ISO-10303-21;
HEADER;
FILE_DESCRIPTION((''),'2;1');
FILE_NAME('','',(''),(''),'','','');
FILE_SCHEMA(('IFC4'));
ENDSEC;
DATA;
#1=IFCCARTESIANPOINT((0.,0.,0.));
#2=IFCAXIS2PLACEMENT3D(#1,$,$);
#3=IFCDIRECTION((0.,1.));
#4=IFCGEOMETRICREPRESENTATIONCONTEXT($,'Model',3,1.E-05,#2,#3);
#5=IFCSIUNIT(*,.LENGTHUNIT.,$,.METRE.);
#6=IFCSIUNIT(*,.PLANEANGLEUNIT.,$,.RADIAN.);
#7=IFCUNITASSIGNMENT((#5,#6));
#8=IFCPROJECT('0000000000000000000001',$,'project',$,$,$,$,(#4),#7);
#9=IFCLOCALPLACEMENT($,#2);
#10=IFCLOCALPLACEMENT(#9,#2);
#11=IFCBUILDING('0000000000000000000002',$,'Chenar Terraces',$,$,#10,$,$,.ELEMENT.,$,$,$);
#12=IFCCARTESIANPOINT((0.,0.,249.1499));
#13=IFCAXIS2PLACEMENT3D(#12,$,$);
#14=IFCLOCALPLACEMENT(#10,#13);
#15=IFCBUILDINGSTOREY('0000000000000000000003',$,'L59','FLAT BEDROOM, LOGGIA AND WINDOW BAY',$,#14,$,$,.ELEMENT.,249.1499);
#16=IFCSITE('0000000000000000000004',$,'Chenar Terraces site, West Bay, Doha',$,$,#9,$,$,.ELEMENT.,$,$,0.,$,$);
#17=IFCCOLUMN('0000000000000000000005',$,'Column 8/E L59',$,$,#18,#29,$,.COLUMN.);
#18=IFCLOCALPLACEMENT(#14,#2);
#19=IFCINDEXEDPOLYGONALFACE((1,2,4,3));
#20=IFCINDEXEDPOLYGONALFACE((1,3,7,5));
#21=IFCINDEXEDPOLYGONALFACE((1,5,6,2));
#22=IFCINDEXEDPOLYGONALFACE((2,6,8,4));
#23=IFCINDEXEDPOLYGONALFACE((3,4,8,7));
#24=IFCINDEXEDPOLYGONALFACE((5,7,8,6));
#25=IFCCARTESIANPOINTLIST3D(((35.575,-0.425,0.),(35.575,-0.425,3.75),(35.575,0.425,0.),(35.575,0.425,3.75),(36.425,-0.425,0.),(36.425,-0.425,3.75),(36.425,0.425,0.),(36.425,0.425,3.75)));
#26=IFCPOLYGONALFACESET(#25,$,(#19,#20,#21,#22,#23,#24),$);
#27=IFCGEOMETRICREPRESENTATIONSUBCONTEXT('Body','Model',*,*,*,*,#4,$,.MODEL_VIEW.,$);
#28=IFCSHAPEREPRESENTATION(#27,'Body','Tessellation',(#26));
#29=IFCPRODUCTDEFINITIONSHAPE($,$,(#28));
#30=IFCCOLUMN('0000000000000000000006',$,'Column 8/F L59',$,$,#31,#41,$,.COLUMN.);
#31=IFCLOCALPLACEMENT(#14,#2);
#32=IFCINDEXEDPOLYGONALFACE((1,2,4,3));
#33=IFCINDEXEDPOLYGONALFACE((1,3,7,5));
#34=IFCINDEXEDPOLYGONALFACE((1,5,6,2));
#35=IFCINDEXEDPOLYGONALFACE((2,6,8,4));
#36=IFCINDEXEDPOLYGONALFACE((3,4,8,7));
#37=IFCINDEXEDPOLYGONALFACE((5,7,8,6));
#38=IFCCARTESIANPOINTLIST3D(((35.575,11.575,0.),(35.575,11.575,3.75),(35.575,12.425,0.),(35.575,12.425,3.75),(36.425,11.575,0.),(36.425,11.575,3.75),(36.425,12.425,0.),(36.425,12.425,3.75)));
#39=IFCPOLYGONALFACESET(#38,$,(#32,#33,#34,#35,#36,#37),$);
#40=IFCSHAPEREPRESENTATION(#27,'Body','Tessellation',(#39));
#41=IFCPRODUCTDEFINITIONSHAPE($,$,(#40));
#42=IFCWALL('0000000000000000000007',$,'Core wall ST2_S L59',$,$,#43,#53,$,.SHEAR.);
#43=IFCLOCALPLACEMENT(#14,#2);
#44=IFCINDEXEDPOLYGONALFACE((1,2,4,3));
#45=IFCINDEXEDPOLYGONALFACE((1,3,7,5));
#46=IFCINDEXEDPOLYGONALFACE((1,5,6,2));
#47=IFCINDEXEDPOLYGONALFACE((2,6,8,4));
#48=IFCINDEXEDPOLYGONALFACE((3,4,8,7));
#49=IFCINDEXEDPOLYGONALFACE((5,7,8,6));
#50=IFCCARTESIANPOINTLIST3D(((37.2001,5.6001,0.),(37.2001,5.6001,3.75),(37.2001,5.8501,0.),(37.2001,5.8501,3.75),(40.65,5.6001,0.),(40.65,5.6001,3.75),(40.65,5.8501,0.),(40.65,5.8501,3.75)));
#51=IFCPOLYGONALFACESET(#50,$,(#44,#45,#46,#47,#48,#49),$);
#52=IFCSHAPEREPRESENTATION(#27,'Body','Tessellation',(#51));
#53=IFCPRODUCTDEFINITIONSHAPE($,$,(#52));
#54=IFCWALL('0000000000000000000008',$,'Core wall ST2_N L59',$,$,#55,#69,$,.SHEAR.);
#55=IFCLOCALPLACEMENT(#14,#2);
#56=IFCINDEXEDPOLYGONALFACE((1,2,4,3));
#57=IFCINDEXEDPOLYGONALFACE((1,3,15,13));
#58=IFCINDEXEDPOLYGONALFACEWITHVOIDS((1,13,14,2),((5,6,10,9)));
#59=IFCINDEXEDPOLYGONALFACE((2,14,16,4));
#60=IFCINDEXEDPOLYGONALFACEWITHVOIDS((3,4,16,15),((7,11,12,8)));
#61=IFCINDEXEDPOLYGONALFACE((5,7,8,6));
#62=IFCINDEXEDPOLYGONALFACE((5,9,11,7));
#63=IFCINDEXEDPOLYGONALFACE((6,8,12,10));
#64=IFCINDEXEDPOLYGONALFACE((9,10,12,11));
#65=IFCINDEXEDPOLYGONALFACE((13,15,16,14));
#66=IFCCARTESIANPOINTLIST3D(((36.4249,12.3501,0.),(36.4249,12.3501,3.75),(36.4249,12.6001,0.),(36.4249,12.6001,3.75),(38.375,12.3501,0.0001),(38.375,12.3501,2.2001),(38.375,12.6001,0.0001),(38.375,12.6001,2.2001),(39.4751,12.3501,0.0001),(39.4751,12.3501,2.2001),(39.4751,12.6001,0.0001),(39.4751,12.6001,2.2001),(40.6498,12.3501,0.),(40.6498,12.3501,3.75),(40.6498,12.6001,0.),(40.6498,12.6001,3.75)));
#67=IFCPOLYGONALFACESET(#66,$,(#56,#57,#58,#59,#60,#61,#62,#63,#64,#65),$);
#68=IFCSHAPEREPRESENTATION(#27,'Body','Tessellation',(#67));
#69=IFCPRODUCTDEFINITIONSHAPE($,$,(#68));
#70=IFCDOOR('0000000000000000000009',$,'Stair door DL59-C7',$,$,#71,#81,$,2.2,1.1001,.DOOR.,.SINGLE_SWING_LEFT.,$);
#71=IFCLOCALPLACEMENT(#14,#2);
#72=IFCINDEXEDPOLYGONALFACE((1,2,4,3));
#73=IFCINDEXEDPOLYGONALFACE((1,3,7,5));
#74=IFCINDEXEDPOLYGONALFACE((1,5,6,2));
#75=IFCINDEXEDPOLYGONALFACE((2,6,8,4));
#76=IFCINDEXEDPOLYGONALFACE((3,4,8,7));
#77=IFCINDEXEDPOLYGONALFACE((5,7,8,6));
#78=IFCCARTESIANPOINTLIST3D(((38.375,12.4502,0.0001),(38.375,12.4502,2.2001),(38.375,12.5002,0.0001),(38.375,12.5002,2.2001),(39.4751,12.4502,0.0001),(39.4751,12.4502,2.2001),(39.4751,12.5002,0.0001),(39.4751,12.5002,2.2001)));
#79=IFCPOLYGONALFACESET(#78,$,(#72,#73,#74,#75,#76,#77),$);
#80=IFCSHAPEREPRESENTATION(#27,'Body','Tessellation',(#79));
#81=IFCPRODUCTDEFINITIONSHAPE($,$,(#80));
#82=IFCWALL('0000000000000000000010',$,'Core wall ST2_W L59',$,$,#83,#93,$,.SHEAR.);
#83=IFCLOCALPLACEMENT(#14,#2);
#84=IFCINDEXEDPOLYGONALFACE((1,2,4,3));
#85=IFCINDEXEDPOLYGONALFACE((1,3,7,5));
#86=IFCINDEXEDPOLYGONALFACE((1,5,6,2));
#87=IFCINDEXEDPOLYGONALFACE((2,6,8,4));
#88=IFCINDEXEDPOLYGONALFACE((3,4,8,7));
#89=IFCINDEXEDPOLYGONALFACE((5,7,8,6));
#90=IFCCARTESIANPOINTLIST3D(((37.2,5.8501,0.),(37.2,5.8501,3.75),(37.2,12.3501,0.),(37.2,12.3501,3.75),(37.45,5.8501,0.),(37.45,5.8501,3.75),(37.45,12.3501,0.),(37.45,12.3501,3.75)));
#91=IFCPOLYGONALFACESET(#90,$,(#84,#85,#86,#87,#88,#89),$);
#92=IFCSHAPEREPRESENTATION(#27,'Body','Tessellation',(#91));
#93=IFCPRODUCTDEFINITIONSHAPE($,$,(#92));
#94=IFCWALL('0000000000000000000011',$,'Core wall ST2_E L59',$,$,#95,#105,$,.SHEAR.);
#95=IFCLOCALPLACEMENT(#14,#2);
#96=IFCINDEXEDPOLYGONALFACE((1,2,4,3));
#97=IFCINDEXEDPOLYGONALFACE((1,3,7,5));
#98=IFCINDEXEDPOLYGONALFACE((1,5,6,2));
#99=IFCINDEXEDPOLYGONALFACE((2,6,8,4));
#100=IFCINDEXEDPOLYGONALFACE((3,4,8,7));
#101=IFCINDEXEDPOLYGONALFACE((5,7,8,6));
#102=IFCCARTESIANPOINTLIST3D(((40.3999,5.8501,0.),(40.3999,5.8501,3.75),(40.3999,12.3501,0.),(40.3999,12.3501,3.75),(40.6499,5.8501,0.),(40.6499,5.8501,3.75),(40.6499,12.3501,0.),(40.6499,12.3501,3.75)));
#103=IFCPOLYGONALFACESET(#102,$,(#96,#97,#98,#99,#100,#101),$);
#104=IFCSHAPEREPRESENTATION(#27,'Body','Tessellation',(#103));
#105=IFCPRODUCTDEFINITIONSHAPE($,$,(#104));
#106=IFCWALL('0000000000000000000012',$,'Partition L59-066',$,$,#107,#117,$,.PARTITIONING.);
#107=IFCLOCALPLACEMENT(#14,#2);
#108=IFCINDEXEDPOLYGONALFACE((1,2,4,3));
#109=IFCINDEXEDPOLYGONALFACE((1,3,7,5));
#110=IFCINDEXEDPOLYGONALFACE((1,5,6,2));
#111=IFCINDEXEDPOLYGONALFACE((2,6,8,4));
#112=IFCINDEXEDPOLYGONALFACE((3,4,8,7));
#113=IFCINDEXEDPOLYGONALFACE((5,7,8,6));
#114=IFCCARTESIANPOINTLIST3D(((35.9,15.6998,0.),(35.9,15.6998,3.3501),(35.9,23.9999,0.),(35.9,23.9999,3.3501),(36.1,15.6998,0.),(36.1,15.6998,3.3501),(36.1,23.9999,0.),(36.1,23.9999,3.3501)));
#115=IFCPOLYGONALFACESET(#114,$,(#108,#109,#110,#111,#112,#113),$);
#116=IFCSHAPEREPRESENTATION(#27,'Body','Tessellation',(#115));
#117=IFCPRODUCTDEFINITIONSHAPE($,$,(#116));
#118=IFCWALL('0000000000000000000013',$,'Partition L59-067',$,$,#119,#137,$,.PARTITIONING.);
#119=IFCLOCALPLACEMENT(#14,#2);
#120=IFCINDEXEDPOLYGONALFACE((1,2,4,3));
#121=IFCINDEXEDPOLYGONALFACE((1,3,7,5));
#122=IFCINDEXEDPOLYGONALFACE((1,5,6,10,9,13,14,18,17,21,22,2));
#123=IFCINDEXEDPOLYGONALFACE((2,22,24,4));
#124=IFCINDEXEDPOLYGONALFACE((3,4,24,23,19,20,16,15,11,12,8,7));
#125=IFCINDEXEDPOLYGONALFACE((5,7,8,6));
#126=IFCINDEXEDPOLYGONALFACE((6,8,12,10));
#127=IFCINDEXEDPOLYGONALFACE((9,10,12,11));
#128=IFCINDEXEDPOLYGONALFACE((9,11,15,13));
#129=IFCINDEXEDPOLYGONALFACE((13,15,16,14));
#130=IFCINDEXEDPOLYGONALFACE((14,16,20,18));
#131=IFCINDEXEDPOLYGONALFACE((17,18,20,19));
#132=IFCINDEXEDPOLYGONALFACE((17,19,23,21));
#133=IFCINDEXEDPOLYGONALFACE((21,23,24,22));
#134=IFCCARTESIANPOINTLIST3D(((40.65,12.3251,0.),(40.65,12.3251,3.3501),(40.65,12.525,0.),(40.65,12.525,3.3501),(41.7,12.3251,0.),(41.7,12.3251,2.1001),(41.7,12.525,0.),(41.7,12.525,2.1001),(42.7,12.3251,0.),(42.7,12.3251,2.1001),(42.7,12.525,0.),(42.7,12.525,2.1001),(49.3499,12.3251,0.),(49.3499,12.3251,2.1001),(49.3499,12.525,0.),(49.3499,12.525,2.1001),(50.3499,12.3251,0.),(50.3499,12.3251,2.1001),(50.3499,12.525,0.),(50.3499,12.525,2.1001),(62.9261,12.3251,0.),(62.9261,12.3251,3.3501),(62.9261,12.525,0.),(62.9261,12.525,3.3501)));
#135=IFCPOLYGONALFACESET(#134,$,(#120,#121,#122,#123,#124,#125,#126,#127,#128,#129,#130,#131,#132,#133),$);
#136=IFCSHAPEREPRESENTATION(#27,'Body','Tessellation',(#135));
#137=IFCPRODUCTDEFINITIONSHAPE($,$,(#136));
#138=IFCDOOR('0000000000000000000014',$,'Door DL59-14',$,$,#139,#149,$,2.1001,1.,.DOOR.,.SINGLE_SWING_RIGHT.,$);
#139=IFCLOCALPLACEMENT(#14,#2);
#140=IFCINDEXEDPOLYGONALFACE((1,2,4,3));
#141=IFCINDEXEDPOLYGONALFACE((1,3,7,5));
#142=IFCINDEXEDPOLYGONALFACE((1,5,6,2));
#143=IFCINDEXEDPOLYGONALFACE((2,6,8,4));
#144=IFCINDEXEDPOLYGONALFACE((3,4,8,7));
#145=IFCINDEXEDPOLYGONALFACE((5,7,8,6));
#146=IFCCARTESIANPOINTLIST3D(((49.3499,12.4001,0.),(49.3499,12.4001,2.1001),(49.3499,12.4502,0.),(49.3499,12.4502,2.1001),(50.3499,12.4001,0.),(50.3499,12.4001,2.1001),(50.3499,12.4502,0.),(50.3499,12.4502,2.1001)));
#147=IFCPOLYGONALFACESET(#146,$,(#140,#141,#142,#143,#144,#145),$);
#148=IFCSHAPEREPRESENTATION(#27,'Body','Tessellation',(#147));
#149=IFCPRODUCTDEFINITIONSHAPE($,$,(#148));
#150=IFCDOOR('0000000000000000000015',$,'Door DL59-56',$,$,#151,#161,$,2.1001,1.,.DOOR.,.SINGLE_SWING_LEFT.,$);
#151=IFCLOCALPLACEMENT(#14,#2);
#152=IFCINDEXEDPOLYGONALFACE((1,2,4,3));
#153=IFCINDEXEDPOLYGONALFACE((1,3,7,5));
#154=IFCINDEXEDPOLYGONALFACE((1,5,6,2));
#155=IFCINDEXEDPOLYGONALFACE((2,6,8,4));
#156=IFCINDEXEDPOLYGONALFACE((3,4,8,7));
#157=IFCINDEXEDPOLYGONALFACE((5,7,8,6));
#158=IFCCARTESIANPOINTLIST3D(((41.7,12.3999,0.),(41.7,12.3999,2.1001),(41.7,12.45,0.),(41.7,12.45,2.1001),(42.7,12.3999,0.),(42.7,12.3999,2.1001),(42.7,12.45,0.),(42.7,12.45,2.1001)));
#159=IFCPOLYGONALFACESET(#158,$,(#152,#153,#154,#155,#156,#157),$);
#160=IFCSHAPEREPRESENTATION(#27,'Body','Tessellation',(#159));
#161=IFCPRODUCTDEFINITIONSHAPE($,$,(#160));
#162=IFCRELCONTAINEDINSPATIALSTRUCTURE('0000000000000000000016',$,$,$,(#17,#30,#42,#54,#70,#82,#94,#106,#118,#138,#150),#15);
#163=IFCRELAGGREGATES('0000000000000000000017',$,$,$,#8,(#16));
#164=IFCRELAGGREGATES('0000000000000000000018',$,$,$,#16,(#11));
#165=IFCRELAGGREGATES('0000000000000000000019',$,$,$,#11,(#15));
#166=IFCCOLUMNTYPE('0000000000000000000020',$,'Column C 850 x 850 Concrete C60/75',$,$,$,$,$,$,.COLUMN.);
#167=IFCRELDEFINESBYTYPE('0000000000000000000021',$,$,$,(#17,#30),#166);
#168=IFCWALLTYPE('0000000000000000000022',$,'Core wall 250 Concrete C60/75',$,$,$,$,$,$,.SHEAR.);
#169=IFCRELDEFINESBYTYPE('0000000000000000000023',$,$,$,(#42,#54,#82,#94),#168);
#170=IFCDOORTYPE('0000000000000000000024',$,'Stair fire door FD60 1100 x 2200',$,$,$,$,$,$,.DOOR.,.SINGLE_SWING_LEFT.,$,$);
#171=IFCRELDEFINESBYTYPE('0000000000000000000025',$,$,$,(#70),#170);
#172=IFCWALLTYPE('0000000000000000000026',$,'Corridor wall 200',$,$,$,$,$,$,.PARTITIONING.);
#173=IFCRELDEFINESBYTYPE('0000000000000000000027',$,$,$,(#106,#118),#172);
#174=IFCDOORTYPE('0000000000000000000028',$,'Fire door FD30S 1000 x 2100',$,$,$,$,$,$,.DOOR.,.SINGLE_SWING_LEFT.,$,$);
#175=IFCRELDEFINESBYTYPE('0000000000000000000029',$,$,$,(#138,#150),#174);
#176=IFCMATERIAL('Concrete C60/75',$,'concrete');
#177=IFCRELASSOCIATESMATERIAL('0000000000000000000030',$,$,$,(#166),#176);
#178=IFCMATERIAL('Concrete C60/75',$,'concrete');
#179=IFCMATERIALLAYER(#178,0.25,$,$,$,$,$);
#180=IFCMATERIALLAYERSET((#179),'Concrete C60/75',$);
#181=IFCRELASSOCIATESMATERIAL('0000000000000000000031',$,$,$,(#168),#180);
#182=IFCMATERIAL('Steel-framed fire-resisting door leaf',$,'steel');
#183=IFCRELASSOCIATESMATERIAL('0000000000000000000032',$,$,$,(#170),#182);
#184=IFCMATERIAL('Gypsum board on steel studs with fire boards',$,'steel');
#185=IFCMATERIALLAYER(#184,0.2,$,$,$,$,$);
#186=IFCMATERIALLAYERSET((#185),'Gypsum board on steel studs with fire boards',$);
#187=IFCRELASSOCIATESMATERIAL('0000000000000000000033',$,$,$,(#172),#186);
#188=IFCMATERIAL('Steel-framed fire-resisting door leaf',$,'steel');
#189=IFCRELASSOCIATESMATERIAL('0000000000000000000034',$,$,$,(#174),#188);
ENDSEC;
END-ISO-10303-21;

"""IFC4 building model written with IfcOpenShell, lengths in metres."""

from ifc_helpers import new_model, si_unit, direction, frame, frame_2d, origin, origin_2d, place, context, subcontext, project, spatial, rectangle, extrude, material, layer, layer_set, material_profile, profile_set, type_object, element, fill, save


model = new_model("IFC4")

# Units and contexts
model_context = context("Model", 3, precision=1e-05, world=origin(), true_north=direction((0.0, 1.0)))
body_context = subcontext(model_context, "Body", "Model", "MODEL_VIEW")
ifc_project = project(units=[si_unit("LENGTHUNIT", "METRE"), si_unit("PLANEANGLEUNIT", "RADIAN")], contexts=[model_context])

# Site, building, storey
site_placement = place(None, origin())
site = spatial("IfcSite", under=ifc_project, at=site_placement, Name="Chenar Terraces site, West Bay, Doha", CompositionType="ELEMENT", RefElevation=0.0)
building_placement = place(site_placement, origin())
building = spatial("IfcBuilding", under=site, at=building_placement, Name="Chenar Terraces", CompositionType="ELEMENT")
storey_placement = place(building_placement, frame((0.0, 0.0, 249.1499)))
storey = spatial("IfcBuildingStorey", under=building, at=storey_placement, Name="L59", Description="FLAT BEDROOM, LOGGIA AND WINDOW BAY", CompositionType="ELEMENT", Elevation=249.1499)

# Columns
ifc_material_1 = material(Name="Concrete C60/75", Category="concrete")
ifc_material_profile = material_profile(ifc_material_1, rectangle(XDim=0.8501, YDim=0.8501, at=origin_2d()), Name="C 850 x 850")
ifc_profile_set = profile_set([ifc_material_profile], Name="Concrete C60/75")
column_type = type_object("IfcColumnType", Name="Column C 850 x 850 Concrete C60/75", PredefinedType="COLUMN", material=ifc_profile_set)
for number, where, z_axis, x_axis, name in (
    (1, (36.0, 0.0, 0.0), (0.0, 0.0, 1.0), (1.0, 0.0, 0.0), "Column 8/E L59"),
    (2, (36.0, 12.0, 0.0), (0.0, 0.0, 1.0), (1.0, 0.0, 0.0), "Column 8/F L59"),
):
    element("IfcColumn", number, at=place(storey_placement, frame(where, z_axis=z_axis, x_axis=x_axis)), inside=storey, type_object=column_type, Name=name, PredefinedType="COLUMN", context=body_context, shape_type="SweptSolid", body=[
        extrude(rectangle(XDim=0.8501, YDim=0.8501, at=origin_2d()), origin(), (0.0, 0.0, 1.0), 3.75),
    ])

# Wall
ifc_material_2 = material(Name="Concrete C60/75", Category="concrete")
ifc_layer_1 = layer(ifc_material_2, 0.25)
ifc_layer_set_1 = layer_set([ifc_layer_1], Name="Concrete C60/75")
wall_type_1 = type_object("IfcWallType", Name="Core wall 250 Concrete C60/75", PredefinedType="SHEAR", material=ifc_layer_set_1)
wall_1_placement = place(storey_placement, frame((37.2, 5.7251, 0.0), z_axis=(0.0, 0.0, 1.0), x_axis=(1.0, 0.0, 0.0)))
element("IfcWall", 3, at=wall_1_placement, inside=storey, type_object=wall_type_1, Name="Core wall ST2_S L59", PredefinedType="SHEAR", context=body_context, shape_type="SweptSolid", body=[
    extrude(rectangle(XDim=3.45, YDim=0.25, at=frame_2d((1.7251, 0.0))), origin(), (0.0, 0.0, 1.0), 3.75),
])

# Wall, opening, door
wall_2_placement = place(storey_placement, frame((36.425, 12.4751, 0.0), z_axis=(0.0, 0.0, 1.0), x_axis=(1.0, 0.0, 0.0)))
wall_2 = element("IfcWall", 4, at=wall_2_placement, inside=storey, type_object=wall_type_1, Name="Core wall ST2_N L59", PredefinedType="SHEAR", context=body_context, shape_type="SweptSolid", body=[
    extrude(rectangle(XDim=4.2249, YDim=0.25, at=frame_2d((2.1123, 0.0))), origin(), (0.0, 0.0, 1.0), 3.75),
])
opening_1_placement = place(wall_2_placement, frame((1.95, 0.0, 0.0)))
opening_1 = element("IfcOpeningElement", 5, at=opening_1_placement, cuts=wall_2, PredefinedType="OPENING", context=body_context, shape_type="SweptSolid", body=[
    extrude(rectangle(XDim=1.1001, YDim=2.2, at=frame_2d((0.55, 1.1001))), frame((0.0, 0.135, 0.0), z_axis=(0.0, -1.0, 0.0), x_axis=(1.0, 0.0, 0.0)), (0.0, 0.0, 1.0), 0.27),
])
ifc_material_3 = material(Name="Steel-framed fire-resisting door leaf", Category="steel")
door_type_1 = type_object("IfcDoorType", Name="Stair fire door FD60 1100 x 2200", OperationType="SINGLE_SWING_LEFT", PredefinedType="DOOR", material=ifc_material_3)
door_1_placement = place(opening_1_placement, frame((1.1001, 0.0, 0.0), z_axis=(0.0, 0.0, 1.0), x_axis=(-1.0, 0.0, 0.0)))
door_1 = element("IfcDoor", 6, at=door_1_placement, inside=storey, type_object=door_type_1, Name="Stair door DL59-C7", OperationType="SINGLE_SWING_LEFT", OverallHeight=2.2, OverallWidth=1.1001, PredefinedType="DOOR", context=body_context, shape_type="SweptSolid", body=[
    extrude(rectangle(XDim=1.1001, YDim=2.2, at=frame_2d((0.55, 1.1001))), frame((0.0, 0.0249, 0.0), z_axis=(0.0, -1.0, 0.0), x_axis=(1.0, 0.0, 0.0)), (0.0, 0.0, 1.0), 0.05),
])
fill(opening_1, door_1)

# Walls
for number, where, z_axis, x_axis, name in (
    (7, (37.325, 5.8501, 0.0), (0.0, 0.0, 1.0), (0.0, 1.0, 0.0), "Core wall ST2_W L59"),
    (8, (40.5249, 5.8501, 0.0), (0.0, 0.0, 1.0), (0.0, 1.0, 0.0), "Core wall ST2_E L59"),
):
    element("IfcWall", number, at=place(storey_placement, frame(where, z_axis=z_axis, x_axis=x_axis)), inside=storey, type_object=wall_type_1, Name=name, PredefinedType="SHEAR", context=body_context, shape_type="SweptSolid", body=[
        extrude(rectangle(XDim=6.5, YDim=0.25, at=frame_2d((3.25, 0.0))), origin(), (0.0, 0.0, 1.0), 3.75),
    ])
ifc_material_4 = material(Name="Gypsum board on steel studs with fire boards", Category="steel")
ifc_layer_2 = layer(ifc_material_4, 0.2)
ifc_layer_set_2 = layer_set([ifc_layer_2], Name="Gypsum board on steel studs with fire boards")
wall_type_2 = type_object("IfcWallType", Name="Corridor wall 200", PredefinedType="PARTITIONING", material=ifc_layer_set_2)
wall_3_placement = place(storey_placement, frame((36.0, 15.7, 0.0), z_axis=(0.0, 0.0, 1.0), x_axis=(0.0, 1.0, 0.0)))
element("IfcWall", 9, at=wall_3_placement, inside=storey, type_object=wall_type_2, Name="Partition L59-066", PredefinedType="PARTITIONING", context=body_context, shape_type="SweptSolid", body=[
    extrude(rectangle(XDim=8.3, YDim=0.2, at=frame_2d((4.1499, 0.0))), origin(), (0.0, 0.0, 1.0), 3.3501),
])

# Wall, openings, doors
wall_4_placement = place(storey_placement, frame((40.6499, 12.425, 0.0), z_axis=(0.0, 0.0, 1.0), x_axis=(1.0, 0.0, 0.0)))
wall_4 = element("IfcWall", 10, at=wall_4_placement, inside=storey, type_object=wall_type_2, Name="Partition L59-067", PredefinedType="PARTITIONING", context=body_context, shape_type="SweptSolid", body=[
    extrude(rectangle(XDim=22.2761, YDim=0.2, at=frame_2d((11.1382, 0.0))), origin(), (0.0, 0.0, 1.0), 3.3501),
])
opening_2_placement = place(wall_4_placement, frame((8.7, 0.0, 0.0)))
opening_2 = element("IfcOpeningElement", 11, at=opening_2_placement, cuts=wall_4, PredefinedType="OPENING", context=body_context, shape_type="SweptSolid", body=[
    extrude(rectangle(XDim=1.0, YDim=2.1001, at=frame_2d((0.5, 1.05))), frame((0.0, 0.1099, 0.0), z_axis=(0.0, -1.0, 0.0), x_axis=(1.0, 0.0, 0.0)), (0.0, 0.0, 1.0), 0.22),
])
opening_3_placement = place(wall_4_placement, frame((1.05, 0.0, 0.0)))
opening_3 = element("IfcOpeningElement", 12, at=opening_3_placement, cuts=wall_4, PredefinedType="OPENING", context=body_context, shape_type="SweptSolid", body=[
    extrude(rectangle(XDim=1.0, YDim=2.1001, at=frame_2d((0.5, 1.05))), frame((0.0, 0.1099, 0.0), z_axis=(0.0, -1.0, 0.0), x_axis=(1.0, 0.0, 0.0)), (0.0, 0.0, 1.0), 0.22),
])
ifc_material_5 = material(Name="Steel-framed fire-resisting door leaf", Category="steel")
door_type_2 = type_object("IfcDoorType", Name="Fire door FD30S 1000 x 2100", OperationType="SINGLE_SWING_LEFT", PredefinedType="DOOR", material=ifc_material_5)
door_2_placement = place(opening_2_placement, frame((1.0, 0.0, 0.0), z_axis=(0.0, 0.0, 1.0), x_axis=(-1.0, 0.0, 0.0)))
door_2 = element("IfcDoor", 13, at=door_2_placement, inside=storey, type_object=door_type_2, Name="Door DL59-14", OperationType="SINGLE_SWING_RIGHT", OverallHeight=2.1001, OverallWidth=1.0, PredefinedType="DOOR", context=body_context, shape_type="SweptSolid", body=[
    extrude(rectangle(XDim=1.0, YDim=2.1001, at=frame_2d((0.5, 1.05))), frame((0.0, 0.0249, 0.0), z_axis=(0.0, -1.0, 0.0), x_axis=(1.0, 0.0, 0.0)), (0.0, 0.0, 1.0), 0.05),
])
fill(opening_2, door_2)
door_3_placement = place(opening_3_placement, origin())
door_3 = element("IfcDoor", 14, at=door_3_placement, inside=storey, type_object=door_type_2, Name="Door DL59-56", OperationType="SINGLE_SWING_LEFT", OverallHeight=2.1001, OverallWidth=1.0, PredefinedType="DOOR", context=body_context, shape_type="SweptSolid", body=[
    extrude(rectangle(XDim=1.0, YDim=2.1001, at=frame_2d((0.5, 1.05))), frame((0.0, 0.0249, 0.0), z_axis=(0.0, -1.0, 0.0), x_axis=(1.0, 0.0, 0.0)), (0.0, 0.0, 1.0), 0.05),
])
fill(opening_3, door_3)

save(model, "model.ifc")
